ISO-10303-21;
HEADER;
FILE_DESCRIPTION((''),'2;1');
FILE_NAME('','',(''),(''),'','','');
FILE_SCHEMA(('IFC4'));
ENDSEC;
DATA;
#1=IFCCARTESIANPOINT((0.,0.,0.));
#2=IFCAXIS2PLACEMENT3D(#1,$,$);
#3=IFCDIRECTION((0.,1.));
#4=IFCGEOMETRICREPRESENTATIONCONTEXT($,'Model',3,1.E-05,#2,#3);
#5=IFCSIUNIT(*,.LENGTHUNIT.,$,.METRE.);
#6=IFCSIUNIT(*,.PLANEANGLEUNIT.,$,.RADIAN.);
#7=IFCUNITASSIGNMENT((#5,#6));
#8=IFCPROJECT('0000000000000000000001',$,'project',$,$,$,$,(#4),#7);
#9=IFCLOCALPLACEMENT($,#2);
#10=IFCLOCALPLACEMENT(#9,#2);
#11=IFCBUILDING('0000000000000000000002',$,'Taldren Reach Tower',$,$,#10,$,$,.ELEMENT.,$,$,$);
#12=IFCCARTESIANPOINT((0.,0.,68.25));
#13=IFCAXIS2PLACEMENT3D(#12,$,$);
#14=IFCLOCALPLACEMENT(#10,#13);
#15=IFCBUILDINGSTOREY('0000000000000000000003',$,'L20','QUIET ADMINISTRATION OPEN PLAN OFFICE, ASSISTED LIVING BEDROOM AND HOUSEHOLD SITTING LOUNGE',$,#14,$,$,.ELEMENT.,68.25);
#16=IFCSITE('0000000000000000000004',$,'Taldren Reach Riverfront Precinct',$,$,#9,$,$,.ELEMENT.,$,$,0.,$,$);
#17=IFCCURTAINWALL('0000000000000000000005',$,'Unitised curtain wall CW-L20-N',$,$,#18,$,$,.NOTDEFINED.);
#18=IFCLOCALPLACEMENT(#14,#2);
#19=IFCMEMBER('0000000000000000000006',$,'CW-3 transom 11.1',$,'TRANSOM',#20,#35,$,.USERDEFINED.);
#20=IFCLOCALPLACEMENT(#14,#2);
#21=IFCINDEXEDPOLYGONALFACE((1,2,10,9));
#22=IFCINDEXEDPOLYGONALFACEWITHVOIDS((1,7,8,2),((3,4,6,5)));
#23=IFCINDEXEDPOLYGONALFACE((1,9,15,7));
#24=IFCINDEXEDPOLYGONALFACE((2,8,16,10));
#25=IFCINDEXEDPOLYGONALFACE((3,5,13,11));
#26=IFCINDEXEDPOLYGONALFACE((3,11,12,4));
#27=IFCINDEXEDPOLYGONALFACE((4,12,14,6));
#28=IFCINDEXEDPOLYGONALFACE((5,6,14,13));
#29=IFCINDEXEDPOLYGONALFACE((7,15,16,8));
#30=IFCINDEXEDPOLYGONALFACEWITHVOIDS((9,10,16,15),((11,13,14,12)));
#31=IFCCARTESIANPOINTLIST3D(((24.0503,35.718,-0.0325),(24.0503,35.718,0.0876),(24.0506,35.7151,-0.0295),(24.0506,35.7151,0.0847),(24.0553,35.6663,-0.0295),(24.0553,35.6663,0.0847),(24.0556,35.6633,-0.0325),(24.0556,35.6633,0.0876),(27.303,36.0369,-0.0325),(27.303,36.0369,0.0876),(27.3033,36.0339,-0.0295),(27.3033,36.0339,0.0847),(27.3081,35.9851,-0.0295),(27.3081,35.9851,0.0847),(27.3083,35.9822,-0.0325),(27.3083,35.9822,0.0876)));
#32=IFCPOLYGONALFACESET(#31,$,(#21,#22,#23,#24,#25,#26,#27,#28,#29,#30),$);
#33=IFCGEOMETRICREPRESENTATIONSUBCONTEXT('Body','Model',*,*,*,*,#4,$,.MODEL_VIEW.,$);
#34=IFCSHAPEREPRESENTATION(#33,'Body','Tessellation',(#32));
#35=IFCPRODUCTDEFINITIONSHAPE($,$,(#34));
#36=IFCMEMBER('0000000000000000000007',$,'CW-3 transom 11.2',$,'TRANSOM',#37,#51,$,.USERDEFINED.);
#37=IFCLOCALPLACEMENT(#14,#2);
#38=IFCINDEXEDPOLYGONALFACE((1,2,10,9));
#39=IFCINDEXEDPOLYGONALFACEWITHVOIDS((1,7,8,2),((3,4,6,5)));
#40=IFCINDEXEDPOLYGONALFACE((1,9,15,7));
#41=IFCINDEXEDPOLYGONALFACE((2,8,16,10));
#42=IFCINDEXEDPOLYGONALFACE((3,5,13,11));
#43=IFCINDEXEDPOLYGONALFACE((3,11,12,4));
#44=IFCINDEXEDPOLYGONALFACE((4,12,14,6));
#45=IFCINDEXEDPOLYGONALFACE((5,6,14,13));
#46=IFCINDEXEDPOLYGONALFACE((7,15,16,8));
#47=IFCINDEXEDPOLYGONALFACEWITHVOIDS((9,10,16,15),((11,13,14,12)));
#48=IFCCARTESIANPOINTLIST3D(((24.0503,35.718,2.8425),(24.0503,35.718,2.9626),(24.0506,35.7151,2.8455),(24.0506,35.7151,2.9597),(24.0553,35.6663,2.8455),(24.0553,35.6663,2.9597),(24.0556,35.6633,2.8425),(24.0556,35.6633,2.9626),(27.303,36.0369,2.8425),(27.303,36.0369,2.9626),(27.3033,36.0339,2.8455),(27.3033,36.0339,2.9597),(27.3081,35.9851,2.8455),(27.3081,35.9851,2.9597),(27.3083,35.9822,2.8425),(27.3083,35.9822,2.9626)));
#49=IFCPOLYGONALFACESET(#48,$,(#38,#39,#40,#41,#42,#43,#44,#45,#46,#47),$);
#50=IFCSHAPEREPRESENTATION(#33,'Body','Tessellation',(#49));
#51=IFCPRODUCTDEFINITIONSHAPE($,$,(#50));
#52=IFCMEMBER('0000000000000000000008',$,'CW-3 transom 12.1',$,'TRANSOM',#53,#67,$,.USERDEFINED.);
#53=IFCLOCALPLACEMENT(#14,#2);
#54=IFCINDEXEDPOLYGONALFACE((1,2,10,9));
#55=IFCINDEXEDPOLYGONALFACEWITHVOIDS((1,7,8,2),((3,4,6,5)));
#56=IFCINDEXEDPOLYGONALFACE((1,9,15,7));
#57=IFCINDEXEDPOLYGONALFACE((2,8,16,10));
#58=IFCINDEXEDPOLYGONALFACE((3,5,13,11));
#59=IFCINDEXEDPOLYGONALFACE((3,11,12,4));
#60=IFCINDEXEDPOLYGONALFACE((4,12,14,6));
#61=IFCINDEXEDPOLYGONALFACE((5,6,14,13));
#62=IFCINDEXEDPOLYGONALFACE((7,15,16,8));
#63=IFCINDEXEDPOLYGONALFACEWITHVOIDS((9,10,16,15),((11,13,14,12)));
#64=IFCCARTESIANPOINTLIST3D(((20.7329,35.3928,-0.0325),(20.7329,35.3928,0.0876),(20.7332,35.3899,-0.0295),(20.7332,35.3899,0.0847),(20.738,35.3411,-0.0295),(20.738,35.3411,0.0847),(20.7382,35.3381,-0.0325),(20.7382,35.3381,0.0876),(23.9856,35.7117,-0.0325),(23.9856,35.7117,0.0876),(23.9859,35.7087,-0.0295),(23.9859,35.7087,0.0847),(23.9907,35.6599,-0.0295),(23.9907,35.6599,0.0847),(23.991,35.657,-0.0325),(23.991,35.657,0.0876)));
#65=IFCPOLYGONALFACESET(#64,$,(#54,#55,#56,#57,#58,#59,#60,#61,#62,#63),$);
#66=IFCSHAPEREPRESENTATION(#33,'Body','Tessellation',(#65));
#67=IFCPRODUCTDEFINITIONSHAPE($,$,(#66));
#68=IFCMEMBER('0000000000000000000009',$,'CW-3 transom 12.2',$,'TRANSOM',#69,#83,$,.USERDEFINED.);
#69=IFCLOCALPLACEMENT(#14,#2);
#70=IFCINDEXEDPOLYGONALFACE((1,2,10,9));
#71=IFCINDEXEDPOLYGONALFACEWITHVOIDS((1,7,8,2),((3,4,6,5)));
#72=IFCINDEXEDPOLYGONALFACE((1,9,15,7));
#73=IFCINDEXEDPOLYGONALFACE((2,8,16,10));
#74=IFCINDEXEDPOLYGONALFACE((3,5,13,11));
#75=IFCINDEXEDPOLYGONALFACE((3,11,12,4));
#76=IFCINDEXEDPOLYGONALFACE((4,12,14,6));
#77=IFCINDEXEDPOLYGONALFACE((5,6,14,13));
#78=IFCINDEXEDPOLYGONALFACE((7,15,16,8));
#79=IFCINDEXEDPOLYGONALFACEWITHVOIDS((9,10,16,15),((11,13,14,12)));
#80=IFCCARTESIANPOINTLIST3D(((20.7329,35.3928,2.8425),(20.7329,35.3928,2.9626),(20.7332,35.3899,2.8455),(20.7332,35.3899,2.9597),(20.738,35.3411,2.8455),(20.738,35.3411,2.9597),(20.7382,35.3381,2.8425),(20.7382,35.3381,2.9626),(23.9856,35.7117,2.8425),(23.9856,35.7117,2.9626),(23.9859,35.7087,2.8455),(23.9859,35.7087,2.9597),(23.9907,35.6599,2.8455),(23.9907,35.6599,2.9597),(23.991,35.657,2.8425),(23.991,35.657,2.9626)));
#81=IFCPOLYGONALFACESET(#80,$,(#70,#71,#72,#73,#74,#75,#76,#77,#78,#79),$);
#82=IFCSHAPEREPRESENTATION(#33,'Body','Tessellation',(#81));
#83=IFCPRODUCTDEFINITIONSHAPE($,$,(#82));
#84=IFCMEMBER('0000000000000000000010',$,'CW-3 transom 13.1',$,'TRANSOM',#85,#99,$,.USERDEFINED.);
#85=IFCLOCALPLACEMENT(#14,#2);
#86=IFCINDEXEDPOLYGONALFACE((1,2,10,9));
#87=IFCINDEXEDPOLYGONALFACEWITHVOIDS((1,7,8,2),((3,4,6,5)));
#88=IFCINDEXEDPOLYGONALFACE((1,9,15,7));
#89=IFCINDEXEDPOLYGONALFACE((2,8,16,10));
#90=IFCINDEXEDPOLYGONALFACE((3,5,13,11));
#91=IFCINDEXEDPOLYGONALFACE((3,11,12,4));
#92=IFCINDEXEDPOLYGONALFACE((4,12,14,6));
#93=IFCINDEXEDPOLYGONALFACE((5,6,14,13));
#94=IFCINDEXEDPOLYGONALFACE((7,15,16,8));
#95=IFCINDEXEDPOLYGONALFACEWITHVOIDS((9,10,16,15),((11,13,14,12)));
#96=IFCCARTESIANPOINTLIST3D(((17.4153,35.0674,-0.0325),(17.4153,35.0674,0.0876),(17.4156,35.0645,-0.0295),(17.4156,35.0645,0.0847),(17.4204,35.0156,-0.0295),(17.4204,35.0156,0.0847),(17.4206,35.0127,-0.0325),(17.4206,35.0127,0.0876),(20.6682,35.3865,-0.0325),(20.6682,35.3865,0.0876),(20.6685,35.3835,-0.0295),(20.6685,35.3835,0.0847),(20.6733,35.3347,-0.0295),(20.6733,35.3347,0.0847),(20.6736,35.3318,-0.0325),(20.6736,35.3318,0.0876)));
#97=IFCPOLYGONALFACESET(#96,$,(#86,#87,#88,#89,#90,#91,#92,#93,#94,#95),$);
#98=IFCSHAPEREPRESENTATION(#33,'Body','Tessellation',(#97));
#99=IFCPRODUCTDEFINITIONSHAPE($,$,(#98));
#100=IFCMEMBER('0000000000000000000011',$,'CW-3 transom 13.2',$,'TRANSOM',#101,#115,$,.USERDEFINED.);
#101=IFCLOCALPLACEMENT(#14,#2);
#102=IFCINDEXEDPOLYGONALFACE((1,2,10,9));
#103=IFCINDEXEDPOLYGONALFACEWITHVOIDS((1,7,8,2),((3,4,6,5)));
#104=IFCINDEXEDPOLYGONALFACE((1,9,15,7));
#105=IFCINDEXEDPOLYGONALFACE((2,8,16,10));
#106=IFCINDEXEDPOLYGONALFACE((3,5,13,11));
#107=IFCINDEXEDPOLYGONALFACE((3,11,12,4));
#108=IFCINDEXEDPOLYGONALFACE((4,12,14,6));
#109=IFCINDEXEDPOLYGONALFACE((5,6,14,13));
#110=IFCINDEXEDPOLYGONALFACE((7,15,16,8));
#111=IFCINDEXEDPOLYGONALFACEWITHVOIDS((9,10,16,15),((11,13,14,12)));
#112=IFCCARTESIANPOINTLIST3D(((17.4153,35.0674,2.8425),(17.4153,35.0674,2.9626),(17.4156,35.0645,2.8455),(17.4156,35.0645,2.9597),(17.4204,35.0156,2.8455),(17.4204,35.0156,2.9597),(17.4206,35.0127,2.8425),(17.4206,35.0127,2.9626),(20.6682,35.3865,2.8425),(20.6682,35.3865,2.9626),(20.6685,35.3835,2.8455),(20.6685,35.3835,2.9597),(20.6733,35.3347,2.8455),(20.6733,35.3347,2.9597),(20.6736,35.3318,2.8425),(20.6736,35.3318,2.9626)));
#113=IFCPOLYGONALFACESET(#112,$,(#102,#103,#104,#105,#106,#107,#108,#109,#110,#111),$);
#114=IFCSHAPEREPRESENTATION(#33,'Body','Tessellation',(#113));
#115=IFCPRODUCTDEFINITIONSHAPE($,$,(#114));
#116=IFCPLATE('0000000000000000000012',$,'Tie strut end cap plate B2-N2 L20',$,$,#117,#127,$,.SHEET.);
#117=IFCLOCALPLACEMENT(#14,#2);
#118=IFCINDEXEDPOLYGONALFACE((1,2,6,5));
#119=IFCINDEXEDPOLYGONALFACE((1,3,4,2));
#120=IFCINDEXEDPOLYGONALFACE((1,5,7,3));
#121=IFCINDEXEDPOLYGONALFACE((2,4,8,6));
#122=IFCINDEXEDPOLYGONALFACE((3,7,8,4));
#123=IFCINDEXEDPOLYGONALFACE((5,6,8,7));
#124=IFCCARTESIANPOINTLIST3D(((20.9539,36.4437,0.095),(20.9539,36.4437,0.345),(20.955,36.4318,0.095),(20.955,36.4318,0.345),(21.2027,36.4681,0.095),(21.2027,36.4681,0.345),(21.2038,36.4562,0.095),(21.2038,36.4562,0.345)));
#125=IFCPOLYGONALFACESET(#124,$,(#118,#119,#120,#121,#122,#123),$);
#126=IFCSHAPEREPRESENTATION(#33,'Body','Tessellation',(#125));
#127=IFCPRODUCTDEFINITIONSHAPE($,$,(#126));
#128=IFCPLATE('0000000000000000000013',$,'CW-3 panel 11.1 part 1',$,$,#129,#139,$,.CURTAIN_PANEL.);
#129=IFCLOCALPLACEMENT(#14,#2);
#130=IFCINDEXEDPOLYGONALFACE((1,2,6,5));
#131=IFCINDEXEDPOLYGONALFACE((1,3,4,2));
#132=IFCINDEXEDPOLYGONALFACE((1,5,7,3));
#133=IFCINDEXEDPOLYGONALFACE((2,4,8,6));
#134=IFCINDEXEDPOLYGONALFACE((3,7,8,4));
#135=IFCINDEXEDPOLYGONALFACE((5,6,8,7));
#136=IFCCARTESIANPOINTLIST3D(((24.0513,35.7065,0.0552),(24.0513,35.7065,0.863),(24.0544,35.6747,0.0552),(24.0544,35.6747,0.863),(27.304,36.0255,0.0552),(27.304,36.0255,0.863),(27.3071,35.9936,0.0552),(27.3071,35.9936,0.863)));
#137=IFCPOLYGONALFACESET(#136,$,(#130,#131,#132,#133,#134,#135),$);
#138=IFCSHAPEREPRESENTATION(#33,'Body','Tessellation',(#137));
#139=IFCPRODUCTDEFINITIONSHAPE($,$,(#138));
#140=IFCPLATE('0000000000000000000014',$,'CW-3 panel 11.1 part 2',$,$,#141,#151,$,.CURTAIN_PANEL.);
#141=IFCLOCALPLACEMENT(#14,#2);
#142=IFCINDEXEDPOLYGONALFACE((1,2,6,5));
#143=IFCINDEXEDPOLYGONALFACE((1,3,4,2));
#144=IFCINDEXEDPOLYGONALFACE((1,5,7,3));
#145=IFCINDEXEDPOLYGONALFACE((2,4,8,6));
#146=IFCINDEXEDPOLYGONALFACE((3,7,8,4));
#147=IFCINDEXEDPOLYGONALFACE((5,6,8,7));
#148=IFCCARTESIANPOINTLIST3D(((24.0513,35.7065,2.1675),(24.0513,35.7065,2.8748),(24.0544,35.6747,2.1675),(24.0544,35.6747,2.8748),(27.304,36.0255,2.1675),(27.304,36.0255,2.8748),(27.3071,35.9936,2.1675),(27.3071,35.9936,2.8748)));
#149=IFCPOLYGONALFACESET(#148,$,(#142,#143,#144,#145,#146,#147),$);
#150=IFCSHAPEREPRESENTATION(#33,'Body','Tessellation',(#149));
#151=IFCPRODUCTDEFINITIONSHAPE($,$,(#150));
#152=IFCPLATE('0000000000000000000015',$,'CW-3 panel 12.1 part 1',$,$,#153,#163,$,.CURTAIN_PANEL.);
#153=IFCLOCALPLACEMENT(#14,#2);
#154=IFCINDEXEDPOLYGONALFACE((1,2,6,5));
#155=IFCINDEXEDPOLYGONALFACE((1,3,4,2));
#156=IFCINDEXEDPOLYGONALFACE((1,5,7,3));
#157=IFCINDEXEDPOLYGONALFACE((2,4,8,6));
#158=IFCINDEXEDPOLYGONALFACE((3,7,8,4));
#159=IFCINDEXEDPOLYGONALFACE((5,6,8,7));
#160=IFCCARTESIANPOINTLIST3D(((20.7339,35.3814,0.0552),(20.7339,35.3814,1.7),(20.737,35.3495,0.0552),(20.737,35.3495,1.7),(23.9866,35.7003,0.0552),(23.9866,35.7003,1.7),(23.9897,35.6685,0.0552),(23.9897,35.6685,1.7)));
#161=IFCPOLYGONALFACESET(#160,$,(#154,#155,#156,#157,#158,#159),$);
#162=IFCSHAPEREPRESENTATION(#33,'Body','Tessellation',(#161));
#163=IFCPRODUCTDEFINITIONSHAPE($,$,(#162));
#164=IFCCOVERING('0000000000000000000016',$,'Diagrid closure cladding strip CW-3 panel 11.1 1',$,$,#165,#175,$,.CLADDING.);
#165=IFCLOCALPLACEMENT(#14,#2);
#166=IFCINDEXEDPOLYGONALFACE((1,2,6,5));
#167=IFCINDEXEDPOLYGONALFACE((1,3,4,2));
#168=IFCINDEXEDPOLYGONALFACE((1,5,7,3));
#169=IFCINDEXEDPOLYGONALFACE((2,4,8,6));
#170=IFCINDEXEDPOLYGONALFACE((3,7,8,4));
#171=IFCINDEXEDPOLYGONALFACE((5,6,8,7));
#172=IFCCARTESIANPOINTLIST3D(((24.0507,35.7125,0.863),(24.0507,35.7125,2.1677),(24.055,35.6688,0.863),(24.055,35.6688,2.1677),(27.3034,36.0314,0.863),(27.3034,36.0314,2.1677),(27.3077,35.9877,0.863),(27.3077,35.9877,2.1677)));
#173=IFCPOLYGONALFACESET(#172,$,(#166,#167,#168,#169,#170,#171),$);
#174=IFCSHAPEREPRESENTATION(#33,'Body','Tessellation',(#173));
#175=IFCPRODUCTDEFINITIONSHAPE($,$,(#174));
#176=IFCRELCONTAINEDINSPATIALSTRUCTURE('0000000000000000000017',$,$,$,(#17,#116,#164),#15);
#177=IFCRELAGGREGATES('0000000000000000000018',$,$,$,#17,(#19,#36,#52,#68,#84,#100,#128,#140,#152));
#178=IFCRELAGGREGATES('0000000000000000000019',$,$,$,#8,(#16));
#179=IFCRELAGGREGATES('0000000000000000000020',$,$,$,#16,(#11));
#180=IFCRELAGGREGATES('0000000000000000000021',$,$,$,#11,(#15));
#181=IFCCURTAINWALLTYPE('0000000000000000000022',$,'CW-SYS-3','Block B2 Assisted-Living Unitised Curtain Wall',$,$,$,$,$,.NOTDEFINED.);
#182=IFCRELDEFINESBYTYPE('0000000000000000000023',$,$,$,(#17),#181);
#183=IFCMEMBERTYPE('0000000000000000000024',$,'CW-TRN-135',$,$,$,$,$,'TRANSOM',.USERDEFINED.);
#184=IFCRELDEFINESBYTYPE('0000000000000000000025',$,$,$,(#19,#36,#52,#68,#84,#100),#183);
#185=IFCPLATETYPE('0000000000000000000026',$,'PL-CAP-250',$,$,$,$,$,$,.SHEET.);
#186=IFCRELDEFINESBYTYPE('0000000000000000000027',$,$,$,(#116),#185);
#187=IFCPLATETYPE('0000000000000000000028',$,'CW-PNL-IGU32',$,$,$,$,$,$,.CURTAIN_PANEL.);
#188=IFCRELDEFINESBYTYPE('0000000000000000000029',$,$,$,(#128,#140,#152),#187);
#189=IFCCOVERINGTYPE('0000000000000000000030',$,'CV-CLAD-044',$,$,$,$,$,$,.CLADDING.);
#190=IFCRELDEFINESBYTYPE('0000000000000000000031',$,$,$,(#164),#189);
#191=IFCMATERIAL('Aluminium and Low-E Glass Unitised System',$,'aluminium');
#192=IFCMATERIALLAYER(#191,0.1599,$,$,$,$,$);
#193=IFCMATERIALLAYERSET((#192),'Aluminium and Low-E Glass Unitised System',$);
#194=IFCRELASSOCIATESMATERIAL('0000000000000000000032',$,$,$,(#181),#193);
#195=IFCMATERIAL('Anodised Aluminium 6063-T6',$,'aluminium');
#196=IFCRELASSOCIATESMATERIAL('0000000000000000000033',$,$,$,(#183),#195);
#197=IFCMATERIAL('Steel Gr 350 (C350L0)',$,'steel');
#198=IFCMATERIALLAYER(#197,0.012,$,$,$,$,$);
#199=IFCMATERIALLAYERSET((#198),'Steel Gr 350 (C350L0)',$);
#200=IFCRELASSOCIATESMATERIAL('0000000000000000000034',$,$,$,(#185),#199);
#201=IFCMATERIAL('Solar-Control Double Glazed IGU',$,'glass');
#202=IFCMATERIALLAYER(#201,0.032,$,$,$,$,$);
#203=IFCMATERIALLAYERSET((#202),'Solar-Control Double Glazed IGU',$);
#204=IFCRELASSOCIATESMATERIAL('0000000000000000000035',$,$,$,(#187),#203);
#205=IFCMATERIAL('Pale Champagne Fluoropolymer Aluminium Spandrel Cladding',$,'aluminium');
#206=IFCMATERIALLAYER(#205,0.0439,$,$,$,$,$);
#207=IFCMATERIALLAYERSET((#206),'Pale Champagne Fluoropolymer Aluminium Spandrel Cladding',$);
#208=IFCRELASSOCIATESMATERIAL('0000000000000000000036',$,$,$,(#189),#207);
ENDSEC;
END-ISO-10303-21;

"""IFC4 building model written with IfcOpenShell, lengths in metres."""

from ifc_helpers import new_model, si_unit, direction, frame, origin, origin_2d, place, context, subcontext, project, spatial, rectangle, hollow_rectangle, extrude, source, transform, mapped, material, layer, layer_set, material_profile, profile_set, type_object, element, aggregate, save


model = new_model("IFC4")

# Units and contexts
model_context = context("Model", 3, precision=1e-05, world=origin(), true_north=direction((0.0, 1.0)))
body_context = subcontext(model_context, "Body", "Model", "MODEL_VIEW")
ifc_project = project(units=[si_unit("LENGTHUNIT", "METRE"), si_unit("PLANEANGLEUNIT", "RADIAN")], contexts=[model_context])

# Site, building, storey
site_placement = place(None, origin())
site = spatial("IfcSite", under=ifc_project, at=site_placement, Name="Taldren Reach Riverfront Precinct", CompositionType="ELEMENT", RefElevation=0.0)
building_placement = place(site_placement, origin())
building = spatial("IfcBuilding", under=site, at=building_placement, Name="Taldren Reach Tower", CompositionType="ELEMENT")
storey_placement = place(building_placement, frame((0.0, 0.0, 68.25)))
storey = spatial("IfcBuildingStorey", under=building, at=storey_placement, Name="L20", Description="QUIET ADMINISTRATION OPEN PLAN OFFICE, ASSISTED LIVING BEDROOM AND HOUSEHOLD SITTING LOUNGE", CompositionType="ELEMENT", Elevation=68.25)

# Shared definitions
ifc_material_1 = material(Name="Steel Gr 350 (C350L0)", Category="steel")

# Curtain wall, members
ifc_material_2 = material(Name="Aluminium and Low-E Glass Unitised System", Category="aluminium")
ifc_layer_1 = layer(ifc_material_2, 0.1599)
ifc_layer_set_1 = layer_set([ifc_layer_1], Name="Aluminium and Low-E Glass Unitised System")
curtain_wall_type = type_object("IfcCurtainWallType", Name="CW-SYS-3", Description="Block B2 Assisted-Living Unitised Curtain Wall", PredefinedType="NOTDEFINED", material=ifc_layer_set_1)
curtain_wall_placement = place(storey_placement, origin())
curtain_wall = element("IfcCurtainWall", 1, at=curtain_wall_placement, inside=storey, type_object=curtain_wall_type, Name="Unitised curtain wall CW-L20-N", PredefinedType="NOTDEFINED")
ifc_material_3 = material(Name="Anodised Aluminium 6063-T6", Category="aluminium")
ifc_material_profile_1 = material_profile(ifc_material_3, hollow_rectangle(XDim=0.0549, YDim=0.1201, WallThickness=0.0029, at=origin_2d()), Name="ALU-120x55x3RHS")
ifc_profile_set_1 = profile_set([ifc_material_profile_1], Name="Anodised Aluminium 6063-T6")
member_type_1 = type_object("IfcMemberType", Name="CW-TRN-135", ElementType="TRANSOM", PredefinedType="USERDEFINED", material=ifc_profile_set_1)
shared_shape_1 = source(origin(), body_context, "Body", "SweptSolid", [
    extrude(hollow_rectangle(XDim=0.0549, YDim=0.1201, WallThickness=0.0029, at=origin_2d()), origin(), (0.0, 0.0, 1.0), 3.2683),
])
member_1_placement = place(storey_placement, frame((27.3057, 36.0095, 0.0276), z_axis=(-0.99523, -0.097558, 0.0), x_axis=(0.097558, -0.99523, 0.0)))
member_1 = element("IfcMember", 2, at=member_1_placement, type_object=member_type_1, Name="CW-3 transom 11.1", ObjectType="TRANSOM", PredefinedType="USERDEFINED", context=body_context, shape_type="MappedRepresentation", body=[
    mapped(shared_shape_1, transform((0.0, 0.0, 0.0), scale=1.0)),
])
member_2_placement = place(storey_placement, frame((27.3057, 36.0095, 2.9026), z_axis=(-0.99523, -0.097558, 0.0), x_axis=(0.097558, -0.99523, 0.0)))
member_2 = element("IfcMember", 3, at=member_2_placement, type_object=member_type_1, Name="CW-3 transom 11.2", ObjectType="TRANSOM", PredefinedType="USERDEFINED", context=body_context, shape_type="MappedRepresentation", body=[
    mapped(shared_shape_1, transform((0.0, 0.0, 0.0), scale=1.0)),
])
member_3_placement = place(storey_placement, frame((23.9883, 35.6843, 0.0276), z_axis=(-0.99523, -0.097558, 0.0), x_axis=(0.097558, -0.99523, 0.0)))
member_3 = element("IfcMember", 4, at=member_3_placement, type_object=member_type_1, Name="CW-3 transom 12.1", ObjectType="TRANSOM", PredefinedType="USERDEFINED", context=body_context, shape_type="MappedRepresentation", body=[
    mapped(shared_shape_1, transform((0.0, 0.0, 0.0), scale=1.0)),
])
member_4_placement = place(storey_placement, frame((23.9883, 35.6843, 2.9026), z_axis=(-0.99523, -0.097558, 0.0), x_axis=(0.097558, -0.99523, 0.0)))
member_4 = element("IfcMember", 5, at=member_4_placement, type_object=member_type_1, Name="CW-3 transom 12.2", ObjectType="TRANSOM", PredefinedType="USERDEFINED", context=body_context, shape_type="MappedRepresentation", body=[
    mapped(shared_shape_1, transform((0.0, 0.0, 0.0), scale=1.0)),
])
shared_shape_2 = source(origin(), body_context, "Body", "SweptSolid", [
    extrude(hollow_rectangle(XDim=0.0549, YDim=0.1201, WallThickness=0.0029, at=origin_2d()), origin(), (0.0, 0.0, 1.0), 3.2686),
])
member_5_placement = place(storey_placement, frame((20.6709, 35.3591, 0.0276), z_axis=(-0.995223, -0.097625, 0.0), x_axis=(0.097625, -0.995223, 0.0)))
member_5 = element("IfcMember", 6, at=member_5_placement, type_object=member_type_1, Name="CW-3 transom 13.1", ObjectType="TRANSOM", PredefinedType="USERDEFINED", context=body_context, shape_type="MappedRepresentation", body=[
    mapped(shared_shape_2, transform((0.0, 0.0, 0.0), scale=1.0)),
])
member_6_placement = place(storey_placement, frame((20.6709, 35.3591, 2.9026), z_axis=(-0.995223, -0.097625, 0.0), x_axis=(0.097625, -0.995223, 0.0)))
member_6 = element("IfcMember", 7, at=member_6_placement, type_object=member_type_1, Name="CW-3 transom 13.2", ObjectType="TRANSOM", PredefinedType="USERDEFINED", context=body_context, shape_type="MappedRepresentation", body=[
    mapped(shared_shape_2, transform((0.0, 0.0, 0.0), scale=1.0)),
])

# Plates
ifc_layer_2 = layer(ifc_material_1, 0.012)
ifc_layer_set_2 = layer_set([ifc_layer_2], Name="Steel Gr 350 (C350L0)")
plate_type_1 = type_object("IfcPlateType", Name="PL-CAP-250", PredefinedType="SHEET", material=ifc_layer_set_2)
shared_shape_3 = source(origin(), body_context, "Body", "SweptSolid", [
    extrude(rectangle(XDim=0.25, YDim=0.012, at=origin_2d()), origin(), (0.0, 0.0, 1.0), 0.25),
])
plate_1_placement = place(storey_placement, frame((21.0789, 36.45, 0.095), z_axis=(0.0, 0.0, 1.0), x_axis=(0.995227, 0.097583, 0.0)))
element("IfcPlate", 8, at=plate_1_placement, inside=storey, type_object=plate_type_1, Name="Tie strut end cap plate B2-N2 L20", PredefinedType="SHEET", context=body_context, shape_type="MappedRepresentation", body=[
    mapped(shared_shape_3, transform((0.0, 0.0, 0.0), scale=1.0)),
])
ifc_material_4 = material(Name="Solar-Control Double Glazed IGU", Category="glass")
ifc_layer_3 = layer(ifc_material_4, 0.032)
ifc_layer_set_3 = layer_set([ifc_layer_3], Name="Solar-Control Double Glazed IGU")
plate_type_2 = type_object("IfcPlateType", Name="CW-PNL-IGU32", PredefinedType="CURTAIN_PANEL", material=ifc_layer_set_3)
shared_shape_4 = source(origin(), body_context, "Body", "SweptSolid", [
    extrude(rectangle(XDim=3.2683, YDim=0.032, at=origin_2d()), origin(), (0.0, 0.0, 1.0), 0.8079),
])
plate_2_placement = place(storey_placement, frame((25.6792, 35.8501, 0.0552), z_axis=(0.0, 0.0, 1.0), x_axis=(-0.995227, -0.097583, 0.0)))
plate_2 = element("IfcPlate", 9, at=plate_2_placement, type_object=plate_type_2, Name="CW-3 panel 11.1 part 1", PredefinedType="CURTAIN_PANEL", context=body_context, shape_type="MappedRepresentation", body=[
    mapped(shared_shape_4, transform((0.0, 0.0, 0.0), scale=1.0)),
])
shared_shape_5 = source(origin(), body_context, "Body", "SweptSolid", [
    extrude(rectangle(XDim=3.2683, YDim=0.032, at=origin_2d()), origin(), (0.0, 0.0, 1.0), 0.7073),
])
plate_3_placement = place(storey_placement, frame((25.6792, 35.8501, 2.1675), z_axis=(0.0, 0.0, 1.0), x_axis=(-0.995227, -0.097583, 0.0)))
plate_3 = element("IfcPlate", 10, at=plate_3_placement, type_object=plate_type_2, Name="CW-3 panel 11.1 part 2", PredefinedType="CURTAIN_PANEL", context=body_context, shape_type="MappedRepresentation", body=[
    mapped(shared_shape_5, transform((0.0, 0.0, 0.0), scale=1.0)),
])
shared_shape_6 = source(origin(), body_context, "Body", "SweptSolid", [
    extrude(rectangle(XDim=3.2683, YDim=0.032, at=origin_2d()), origin(), (0.0, 0.0, 1.0), 1.6448),
])
plate_4_placement = place(storey_placement, frame((22.3618, 35.5249, 0.0552), z_axis=(0.0, 0.0, 1.0), x_axis=(-0.995227, -0.097583, 0.0)))
plate_4 = element("IfcPlate", 11, at=plate_4_placement, type_object=plate_type_2, Name="CW-3 panel 12.1 part 1", PredefinedType="CURTAIN_PANEL", context=body_context, shape_type="MappedRepresentation", body=[
    mapped(shared_shape_6, transform((0.0, 0.0, 0.0), scale=1.0)),
])
aggregate(curtain_wall, [member_1, member_2, member_3, member_4, member_5, member_6, plate_2, plate_3, plate_4])

# Covering
ifc_material_5 = material(Name="Pale Champagne Fluoropolymer Aluminium Spandrel Cladding", Category="aluminium")
ifc_layer_4 = layer(ifc_material_5, 0.0439)
ifc_layer_set_4 = layer_set([ifc_layer_4], Name="Pale Champagne Fluoropolymer Aluminium Spandrel Cladding")
covering_type = type_object("IfcCoveringType", Name="CV-CLAD-044", PredefinedType="CLADDING", material=ifc_layer_set_4)
shared_shape_7 = source(origin(), body_context, "Body", "SweptSolid", [
    extrude(rectangle(XDim=3.2683, YDim=0.0439, at=origin_2d()), origin(), (0.0, 0.0, 1.0), 1.3047),
])
covering_1_placement = place(storey_placement, frame((25.6792, 35.8501, 0.863), z_axis=(0.0, 0.0, 1.0), x_axis=(-0.995227, -0.097583, 0.0)))
element("IfcCovering", 12, at=covering_1_placement, inside=storey, type_object=covering_type, Name="Diagrid closure cladding strip CW-3 panel 11.1 1", PredefinedType="CLADDING", context=body_context, shape_type="MappedRepresentation", body=[
    mapped(shared_shape_7, transform((0.0, 0.0, 0.0), scale=1.0)),
])

save(model, "model.ifc")
